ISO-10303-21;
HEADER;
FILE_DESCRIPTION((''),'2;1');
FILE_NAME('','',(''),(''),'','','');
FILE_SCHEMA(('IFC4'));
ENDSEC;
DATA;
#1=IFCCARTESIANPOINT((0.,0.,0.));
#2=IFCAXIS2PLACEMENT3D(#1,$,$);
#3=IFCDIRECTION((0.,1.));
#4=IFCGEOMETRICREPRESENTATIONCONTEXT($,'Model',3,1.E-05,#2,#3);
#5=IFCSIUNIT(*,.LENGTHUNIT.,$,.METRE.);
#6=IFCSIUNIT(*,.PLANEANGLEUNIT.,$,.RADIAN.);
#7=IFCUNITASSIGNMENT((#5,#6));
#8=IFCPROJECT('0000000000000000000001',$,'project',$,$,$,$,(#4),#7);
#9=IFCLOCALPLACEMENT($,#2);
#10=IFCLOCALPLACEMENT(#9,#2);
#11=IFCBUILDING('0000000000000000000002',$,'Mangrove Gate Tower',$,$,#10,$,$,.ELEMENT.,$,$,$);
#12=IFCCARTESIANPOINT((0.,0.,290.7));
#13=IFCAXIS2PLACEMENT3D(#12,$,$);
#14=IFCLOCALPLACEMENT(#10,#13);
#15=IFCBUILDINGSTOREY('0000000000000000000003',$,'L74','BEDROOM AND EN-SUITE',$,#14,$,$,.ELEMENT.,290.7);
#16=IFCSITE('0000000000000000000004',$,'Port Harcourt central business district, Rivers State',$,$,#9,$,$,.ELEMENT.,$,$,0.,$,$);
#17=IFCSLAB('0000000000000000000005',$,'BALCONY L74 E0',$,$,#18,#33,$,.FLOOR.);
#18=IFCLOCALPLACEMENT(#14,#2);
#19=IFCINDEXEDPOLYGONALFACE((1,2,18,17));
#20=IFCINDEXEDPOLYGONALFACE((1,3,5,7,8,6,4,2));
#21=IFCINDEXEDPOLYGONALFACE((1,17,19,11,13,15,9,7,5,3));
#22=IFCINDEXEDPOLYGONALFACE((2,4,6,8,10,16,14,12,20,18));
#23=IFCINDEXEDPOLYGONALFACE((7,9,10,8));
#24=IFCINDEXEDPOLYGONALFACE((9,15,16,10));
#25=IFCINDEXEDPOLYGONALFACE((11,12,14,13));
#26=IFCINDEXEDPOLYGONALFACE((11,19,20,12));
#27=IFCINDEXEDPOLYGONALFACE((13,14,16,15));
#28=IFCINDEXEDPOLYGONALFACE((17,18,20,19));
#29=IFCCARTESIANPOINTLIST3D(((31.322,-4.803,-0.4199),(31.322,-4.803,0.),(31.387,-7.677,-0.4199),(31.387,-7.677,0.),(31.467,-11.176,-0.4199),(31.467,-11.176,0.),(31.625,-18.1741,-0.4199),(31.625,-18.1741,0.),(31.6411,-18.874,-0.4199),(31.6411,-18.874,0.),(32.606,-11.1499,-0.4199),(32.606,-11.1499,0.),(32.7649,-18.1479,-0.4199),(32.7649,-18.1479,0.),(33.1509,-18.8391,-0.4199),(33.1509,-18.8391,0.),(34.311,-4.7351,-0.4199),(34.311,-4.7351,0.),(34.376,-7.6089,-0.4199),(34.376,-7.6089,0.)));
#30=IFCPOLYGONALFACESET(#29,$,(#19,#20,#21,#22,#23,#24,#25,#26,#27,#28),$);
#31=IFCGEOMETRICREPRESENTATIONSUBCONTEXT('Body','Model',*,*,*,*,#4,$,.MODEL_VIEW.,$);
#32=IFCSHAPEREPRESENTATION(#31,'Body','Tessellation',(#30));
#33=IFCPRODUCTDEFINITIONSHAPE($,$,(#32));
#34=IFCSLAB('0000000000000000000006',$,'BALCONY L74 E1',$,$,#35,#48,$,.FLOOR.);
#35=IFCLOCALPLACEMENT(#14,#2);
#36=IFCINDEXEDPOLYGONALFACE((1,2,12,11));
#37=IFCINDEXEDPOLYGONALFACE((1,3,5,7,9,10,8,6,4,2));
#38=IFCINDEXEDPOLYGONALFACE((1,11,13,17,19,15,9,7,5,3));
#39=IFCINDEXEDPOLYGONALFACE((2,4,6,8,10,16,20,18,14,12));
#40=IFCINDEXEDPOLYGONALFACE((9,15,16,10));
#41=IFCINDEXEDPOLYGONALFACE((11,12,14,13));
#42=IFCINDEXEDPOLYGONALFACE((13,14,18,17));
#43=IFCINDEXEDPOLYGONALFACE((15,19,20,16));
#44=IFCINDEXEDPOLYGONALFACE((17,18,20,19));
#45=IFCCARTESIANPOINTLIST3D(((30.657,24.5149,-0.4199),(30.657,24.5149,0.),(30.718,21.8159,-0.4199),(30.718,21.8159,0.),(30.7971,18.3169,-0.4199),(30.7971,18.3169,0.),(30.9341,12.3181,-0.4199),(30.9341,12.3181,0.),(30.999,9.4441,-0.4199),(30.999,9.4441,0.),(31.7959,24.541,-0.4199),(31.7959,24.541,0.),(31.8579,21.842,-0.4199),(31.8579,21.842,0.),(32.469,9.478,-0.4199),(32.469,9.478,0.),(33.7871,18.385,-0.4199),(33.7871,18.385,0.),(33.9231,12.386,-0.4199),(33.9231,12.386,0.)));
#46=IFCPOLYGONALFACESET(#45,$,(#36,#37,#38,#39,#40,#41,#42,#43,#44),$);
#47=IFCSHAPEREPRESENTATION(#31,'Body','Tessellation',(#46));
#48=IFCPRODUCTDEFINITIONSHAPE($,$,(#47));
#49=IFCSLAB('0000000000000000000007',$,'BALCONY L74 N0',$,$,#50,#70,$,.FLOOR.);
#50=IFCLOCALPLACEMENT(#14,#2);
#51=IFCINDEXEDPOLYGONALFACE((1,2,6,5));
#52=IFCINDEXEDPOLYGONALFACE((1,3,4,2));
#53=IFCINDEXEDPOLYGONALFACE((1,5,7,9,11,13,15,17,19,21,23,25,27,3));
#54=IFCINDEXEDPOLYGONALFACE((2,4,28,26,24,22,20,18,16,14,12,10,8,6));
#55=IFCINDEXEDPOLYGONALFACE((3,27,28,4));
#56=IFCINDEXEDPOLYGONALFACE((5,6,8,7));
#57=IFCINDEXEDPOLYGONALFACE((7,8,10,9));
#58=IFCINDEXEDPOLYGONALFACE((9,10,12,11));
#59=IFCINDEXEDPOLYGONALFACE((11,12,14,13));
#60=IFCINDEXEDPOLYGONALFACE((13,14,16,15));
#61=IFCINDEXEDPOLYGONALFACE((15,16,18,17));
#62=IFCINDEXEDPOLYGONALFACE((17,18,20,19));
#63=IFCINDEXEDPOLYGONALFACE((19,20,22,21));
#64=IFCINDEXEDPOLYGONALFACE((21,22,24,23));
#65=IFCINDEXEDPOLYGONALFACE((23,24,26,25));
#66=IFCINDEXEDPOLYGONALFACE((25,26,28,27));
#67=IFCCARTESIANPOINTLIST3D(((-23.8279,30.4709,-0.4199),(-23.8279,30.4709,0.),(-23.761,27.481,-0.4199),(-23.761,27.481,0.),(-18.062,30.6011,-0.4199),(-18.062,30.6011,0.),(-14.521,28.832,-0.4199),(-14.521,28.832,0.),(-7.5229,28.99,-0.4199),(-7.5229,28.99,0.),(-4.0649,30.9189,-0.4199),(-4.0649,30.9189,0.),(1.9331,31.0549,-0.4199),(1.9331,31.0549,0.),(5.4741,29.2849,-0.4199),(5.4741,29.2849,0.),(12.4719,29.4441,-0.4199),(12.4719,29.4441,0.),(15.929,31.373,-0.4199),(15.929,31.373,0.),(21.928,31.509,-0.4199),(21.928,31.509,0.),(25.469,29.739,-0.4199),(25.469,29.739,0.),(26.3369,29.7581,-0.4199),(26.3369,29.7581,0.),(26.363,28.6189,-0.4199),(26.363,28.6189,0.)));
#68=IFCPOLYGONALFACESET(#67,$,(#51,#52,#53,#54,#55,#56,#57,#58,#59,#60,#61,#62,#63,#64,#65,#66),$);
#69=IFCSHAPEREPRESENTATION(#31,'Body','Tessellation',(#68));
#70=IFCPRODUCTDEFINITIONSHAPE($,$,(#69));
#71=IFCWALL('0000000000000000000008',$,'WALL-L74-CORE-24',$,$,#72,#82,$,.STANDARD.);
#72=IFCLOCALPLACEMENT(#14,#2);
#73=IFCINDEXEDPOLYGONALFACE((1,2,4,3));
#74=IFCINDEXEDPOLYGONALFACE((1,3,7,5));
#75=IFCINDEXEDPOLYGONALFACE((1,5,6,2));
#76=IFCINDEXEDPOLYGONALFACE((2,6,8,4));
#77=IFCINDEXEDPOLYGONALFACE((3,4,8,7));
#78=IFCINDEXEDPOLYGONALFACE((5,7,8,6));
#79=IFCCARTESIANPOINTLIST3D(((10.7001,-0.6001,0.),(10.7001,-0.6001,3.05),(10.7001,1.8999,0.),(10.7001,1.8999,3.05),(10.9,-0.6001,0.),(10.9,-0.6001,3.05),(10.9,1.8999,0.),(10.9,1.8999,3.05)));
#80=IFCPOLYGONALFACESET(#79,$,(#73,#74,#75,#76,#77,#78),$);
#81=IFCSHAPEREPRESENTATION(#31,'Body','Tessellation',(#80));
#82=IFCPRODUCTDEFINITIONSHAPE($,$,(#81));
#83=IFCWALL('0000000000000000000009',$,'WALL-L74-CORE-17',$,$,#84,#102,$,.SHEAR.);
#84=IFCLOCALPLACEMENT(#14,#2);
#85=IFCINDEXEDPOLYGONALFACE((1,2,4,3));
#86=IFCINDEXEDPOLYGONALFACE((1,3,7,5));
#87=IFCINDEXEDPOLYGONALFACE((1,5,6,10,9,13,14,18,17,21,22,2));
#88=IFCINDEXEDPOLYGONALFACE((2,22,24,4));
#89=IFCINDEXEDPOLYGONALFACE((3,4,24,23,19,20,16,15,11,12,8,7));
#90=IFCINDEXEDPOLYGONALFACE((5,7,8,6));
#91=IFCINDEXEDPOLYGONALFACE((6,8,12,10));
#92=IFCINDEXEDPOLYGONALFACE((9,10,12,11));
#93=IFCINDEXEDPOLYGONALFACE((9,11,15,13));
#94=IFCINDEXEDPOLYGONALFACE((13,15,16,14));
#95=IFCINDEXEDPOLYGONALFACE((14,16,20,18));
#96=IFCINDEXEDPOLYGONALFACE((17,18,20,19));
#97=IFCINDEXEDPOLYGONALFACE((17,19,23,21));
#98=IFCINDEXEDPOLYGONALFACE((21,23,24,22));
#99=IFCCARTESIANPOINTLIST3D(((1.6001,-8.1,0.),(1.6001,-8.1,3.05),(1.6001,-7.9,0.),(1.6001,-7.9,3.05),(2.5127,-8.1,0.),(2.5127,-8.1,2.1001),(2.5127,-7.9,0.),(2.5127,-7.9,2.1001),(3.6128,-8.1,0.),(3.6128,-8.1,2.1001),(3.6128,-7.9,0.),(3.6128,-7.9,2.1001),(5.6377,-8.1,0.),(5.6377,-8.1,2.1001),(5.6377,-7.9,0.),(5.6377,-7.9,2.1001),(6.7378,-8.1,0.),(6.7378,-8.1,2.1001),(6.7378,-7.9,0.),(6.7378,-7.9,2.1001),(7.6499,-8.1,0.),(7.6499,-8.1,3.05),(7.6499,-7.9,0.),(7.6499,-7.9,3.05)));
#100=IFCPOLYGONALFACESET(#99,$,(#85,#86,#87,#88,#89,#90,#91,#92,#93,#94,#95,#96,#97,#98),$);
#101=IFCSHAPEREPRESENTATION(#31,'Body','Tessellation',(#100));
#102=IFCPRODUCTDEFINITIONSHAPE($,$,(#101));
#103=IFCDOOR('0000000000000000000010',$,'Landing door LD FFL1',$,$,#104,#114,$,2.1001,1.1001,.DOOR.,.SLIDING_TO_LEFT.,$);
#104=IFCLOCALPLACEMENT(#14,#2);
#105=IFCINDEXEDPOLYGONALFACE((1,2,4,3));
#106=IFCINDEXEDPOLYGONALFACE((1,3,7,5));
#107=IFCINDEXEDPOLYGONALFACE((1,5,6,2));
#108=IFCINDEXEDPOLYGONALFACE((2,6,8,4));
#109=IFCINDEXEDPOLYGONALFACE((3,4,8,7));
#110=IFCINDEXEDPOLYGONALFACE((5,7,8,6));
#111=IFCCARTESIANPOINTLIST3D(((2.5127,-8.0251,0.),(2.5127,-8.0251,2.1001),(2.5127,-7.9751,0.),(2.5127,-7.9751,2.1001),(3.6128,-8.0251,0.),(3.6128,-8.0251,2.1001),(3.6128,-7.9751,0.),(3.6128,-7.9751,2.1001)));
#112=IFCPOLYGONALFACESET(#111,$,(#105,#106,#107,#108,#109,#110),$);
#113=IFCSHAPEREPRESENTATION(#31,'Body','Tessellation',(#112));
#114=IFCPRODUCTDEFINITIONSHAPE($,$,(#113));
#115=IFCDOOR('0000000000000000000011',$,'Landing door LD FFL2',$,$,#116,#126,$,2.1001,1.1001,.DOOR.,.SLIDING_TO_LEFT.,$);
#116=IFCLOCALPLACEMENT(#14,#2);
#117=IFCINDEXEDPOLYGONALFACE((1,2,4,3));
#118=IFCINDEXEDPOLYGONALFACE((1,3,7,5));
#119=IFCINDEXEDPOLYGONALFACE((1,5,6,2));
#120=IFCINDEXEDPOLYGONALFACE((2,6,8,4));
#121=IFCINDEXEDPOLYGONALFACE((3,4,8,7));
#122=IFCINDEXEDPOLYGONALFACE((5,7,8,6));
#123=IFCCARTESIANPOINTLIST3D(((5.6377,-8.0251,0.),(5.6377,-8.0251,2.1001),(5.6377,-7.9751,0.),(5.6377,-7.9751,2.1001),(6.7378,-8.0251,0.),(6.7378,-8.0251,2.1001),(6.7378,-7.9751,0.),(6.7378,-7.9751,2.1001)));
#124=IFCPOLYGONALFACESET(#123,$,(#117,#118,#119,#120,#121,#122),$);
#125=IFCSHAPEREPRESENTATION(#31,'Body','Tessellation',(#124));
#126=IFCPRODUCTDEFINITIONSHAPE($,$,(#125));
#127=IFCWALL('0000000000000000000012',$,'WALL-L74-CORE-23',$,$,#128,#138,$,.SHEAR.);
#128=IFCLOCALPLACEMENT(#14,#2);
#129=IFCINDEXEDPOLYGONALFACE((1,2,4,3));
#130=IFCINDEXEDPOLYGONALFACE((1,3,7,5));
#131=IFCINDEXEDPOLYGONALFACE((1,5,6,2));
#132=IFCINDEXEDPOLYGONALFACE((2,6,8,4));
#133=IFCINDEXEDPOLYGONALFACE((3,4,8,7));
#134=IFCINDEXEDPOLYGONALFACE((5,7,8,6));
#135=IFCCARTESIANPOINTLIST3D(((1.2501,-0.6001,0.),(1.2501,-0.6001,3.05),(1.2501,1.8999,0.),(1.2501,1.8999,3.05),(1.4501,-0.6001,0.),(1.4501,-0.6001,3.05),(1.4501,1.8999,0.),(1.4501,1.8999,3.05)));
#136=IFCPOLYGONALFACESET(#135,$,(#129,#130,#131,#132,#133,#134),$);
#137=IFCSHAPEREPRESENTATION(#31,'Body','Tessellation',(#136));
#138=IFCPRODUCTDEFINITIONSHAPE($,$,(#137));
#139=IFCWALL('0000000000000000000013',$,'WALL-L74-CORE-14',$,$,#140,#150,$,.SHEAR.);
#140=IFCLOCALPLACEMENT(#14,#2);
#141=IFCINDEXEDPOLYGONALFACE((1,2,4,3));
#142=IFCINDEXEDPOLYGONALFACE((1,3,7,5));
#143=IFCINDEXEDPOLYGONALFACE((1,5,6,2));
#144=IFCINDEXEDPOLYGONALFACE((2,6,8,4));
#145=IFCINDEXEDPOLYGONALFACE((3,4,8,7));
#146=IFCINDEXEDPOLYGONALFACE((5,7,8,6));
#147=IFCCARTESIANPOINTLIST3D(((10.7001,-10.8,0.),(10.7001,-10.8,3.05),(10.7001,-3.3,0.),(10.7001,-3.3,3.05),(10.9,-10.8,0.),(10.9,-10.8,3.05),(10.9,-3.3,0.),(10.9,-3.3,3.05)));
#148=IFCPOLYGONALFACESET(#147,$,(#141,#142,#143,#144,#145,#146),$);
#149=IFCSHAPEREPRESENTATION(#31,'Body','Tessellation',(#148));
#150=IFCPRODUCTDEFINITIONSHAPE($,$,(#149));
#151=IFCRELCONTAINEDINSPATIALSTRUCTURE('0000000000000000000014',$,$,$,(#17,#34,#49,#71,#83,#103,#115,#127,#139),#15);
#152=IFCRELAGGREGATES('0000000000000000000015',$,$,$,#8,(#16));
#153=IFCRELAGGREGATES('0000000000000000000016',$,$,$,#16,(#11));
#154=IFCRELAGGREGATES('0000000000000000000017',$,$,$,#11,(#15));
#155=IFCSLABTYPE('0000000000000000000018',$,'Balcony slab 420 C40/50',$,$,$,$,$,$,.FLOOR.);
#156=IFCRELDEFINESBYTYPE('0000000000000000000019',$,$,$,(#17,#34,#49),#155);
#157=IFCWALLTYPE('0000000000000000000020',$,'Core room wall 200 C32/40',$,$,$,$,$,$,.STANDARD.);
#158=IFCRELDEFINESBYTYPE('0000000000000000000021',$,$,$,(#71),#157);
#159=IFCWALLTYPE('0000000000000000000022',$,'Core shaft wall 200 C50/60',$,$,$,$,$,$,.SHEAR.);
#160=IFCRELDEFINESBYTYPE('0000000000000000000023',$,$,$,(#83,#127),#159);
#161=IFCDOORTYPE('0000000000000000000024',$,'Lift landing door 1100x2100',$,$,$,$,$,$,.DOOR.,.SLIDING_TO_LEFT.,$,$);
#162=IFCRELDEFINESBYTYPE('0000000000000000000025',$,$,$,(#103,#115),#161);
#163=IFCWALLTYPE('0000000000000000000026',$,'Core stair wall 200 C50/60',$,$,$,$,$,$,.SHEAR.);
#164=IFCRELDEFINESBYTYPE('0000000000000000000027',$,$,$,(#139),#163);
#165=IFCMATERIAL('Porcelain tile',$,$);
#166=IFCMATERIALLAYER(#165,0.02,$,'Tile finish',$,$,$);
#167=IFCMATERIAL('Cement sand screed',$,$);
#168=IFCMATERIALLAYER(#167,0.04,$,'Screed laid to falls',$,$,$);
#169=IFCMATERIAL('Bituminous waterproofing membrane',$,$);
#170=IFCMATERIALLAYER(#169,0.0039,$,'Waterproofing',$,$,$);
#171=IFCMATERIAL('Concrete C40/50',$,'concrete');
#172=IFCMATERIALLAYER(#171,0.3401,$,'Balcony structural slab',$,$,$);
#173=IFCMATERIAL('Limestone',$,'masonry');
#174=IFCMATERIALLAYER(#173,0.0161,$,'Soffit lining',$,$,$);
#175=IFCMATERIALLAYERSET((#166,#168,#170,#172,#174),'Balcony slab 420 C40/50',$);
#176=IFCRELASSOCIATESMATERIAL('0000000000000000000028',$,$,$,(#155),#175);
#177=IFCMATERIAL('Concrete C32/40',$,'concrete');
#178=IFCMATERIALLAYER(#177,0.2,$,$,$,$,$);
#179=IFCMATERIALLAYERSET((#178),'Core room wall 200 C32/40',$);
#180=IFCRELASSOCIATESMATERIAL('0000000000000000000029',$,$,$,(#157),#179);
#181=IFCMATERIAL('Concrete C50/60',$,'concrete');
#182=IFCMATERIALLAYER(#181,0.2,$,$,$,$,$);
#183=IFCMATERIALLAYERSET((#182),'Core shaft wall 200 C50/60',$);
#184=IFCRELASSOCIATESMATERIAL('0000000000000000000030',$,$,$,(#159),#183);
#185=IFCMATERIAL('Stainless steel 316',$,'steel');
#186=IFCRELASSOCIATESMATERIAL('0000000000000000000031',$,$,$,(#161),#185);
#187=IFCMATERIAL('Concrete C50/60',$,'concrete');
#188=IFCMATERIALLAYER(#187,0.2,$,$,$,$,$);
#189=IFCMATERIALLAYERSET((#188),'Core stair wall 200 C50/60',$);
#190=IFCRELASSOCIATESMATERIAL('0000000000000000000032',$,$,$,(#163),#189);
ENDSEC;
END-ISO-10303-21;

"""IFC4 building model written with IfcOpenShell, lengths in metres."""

from ifc_helpers import new_model, si_unit, direction, frame, frame_2d, origin, place, context, subcontext, project, spatial, polyline, rectangle, outline, extrude, material, layer, layer_set, type_object, element, fill, save


model = new_model("IFC4")

# Units and contexts
model_context = context("Model", 3, precision=1e-05, world=origin(), true_north=direction((0.0, 1.0)))
body_context = subcontext(model_context, "Body", "Model", "MODEL_VIEW")
ifc_project = project(units=[si_unit("LENGTHUNIT", "METRE"), si_unit("PLANEANGLEUNIT", "RADIAN")], contexts=[model_context])

# Site, building, storey
site_placement = place(None, origin())
site = spatial("IfcSite", under=ifc_project, at=site_placement, Name="Port Harcourt central business district, Rivers State", CompositionType="ELEMENT", RefElevation=0.0)
building_placement = place(site_placement, origin())
building = spatial("IfcBuilding", under=site, at=building_placement, Name="Mangrove Gate Tower", CompositionType="ELEMENT")
storey_placement = place(building_placement, frame((0.0, 0.0, 290.7)))
storey = spatial("IfcBuildingStorey", under=building, at=storey_placement, Name="L74", Description="BEDROOM AND EN-SUITE", CompositionType="ELEMENT", Elevation=290.7)

# Slabs
ifc_material_1 = material(Name="Porcelain tile")
ifc_layer_1 = layer(ifc_material_1, 0.02, Name="Tile finish")
ifc_material_2 = material(Name="Cement sand screed")
ifc_layer_2 = layer(ifc_material_2, 0.04, Name="Screed laid to falls")
ifc_material_3 = material(Name="Bituminous waterproofing membrane")
ifc_layer_3 = layer(ifc_material_3, 0.0039, Name="Waterproofing")
ifc_material_4 = material(Name="Concrete C40/50", Category="concrete")
ifc_layer_4 = layer(ifc_material_4, 0.3401, Name="Balcony structural slab")
ifc_material_5 = material(Name="Limestone", Category="masonry")
ifc_layer_5 = layer(ifc_material_5, 0.0161, Name="Soffit lining")
ifc_layer_set_1 = layer_set([ifc_layer_1, ifc_layer_2, ifc_layer_3, ifc_layer_4, ifc_layer_5], Name="Balcony slab 420 C40/50")
slab_type = type_object("IfcSlabType", Name="Balcony slab 420 C40/50", PredefinedType="FLOOR", material=ifc_layer_set_1)
slab_1_placement = place(storey_placement, frame((0.0, 0.0, -0.4199)))
element("IfcSlab", 1, at=slab_1_placement, inside=storey, type_object=slab_type, Name="BALCONY L74 E0", PredefinedType="FLOOR", context=body_context, shape_type="SweptSolid", body=[
    extrude(outline(polyline([(33.1509, -18.8391), (32.7649, -18.1479), (32.606, -11.1499), (34.376, -7.6089), (34.311, -4.7351), (31.322, -4.803), (31.387, -7.677), (31.467, -11.176), (31.625, -18.1741), (31.6411, -18.874), (33.1509, -18.8391)])), origin(), (0.0, 0.0, 1.0), 0.4199),
])
slab_2_placement = place(storey_placement, frame((0.0, 0.0, -0.4199)))
element("IfcSlab", 2, at=slab_2_placement, inside=storey, type_object=slab_type, Name="BALCONY L74 E1", PredefinedType="FLOOR", context=body_context, shape_type="SweptSolid", body=[
    extrude(outline(polyline([(32.469, 9.478), (33.9231, 12.386), (33.7871, 18.385), (31.8579, 21.842), (31.7959, 24.541), (30.657, 24.5149), (30.718, 21.8159), (30.7971, 18.3169), (30.9341, 12.3181), (30.999, 9.4441), (32.469, 9.478)])), origin(), (0.0, 0.0, 1.0), 0.4199),
])
slab_3_placement = place(storey_placement, frame((0.0, 0.0, -0.4199)))
element("IfcSlab", 3, at=slab_3_placement, inside=storey, type_object=slab_type, Name="BALCONY L74 N0", PredefinedType="FLOOR", context=body_context, shape_type="SweptSolid", body=[
    extrude(outline(polyline([(26.3369, 29.7581), (25.469, 29.739), (21.928, 31.509), (15.929, 31.373), (12.4719, 29.4441), (5.4741, 29.2849), (1.9331, 31.0549), (-4.0649, 30.9189), (-7.5229, 28.99), (-14.521, 28.832), (-18.062, 30.6011), (-23.8279, 30.4709), (-23.761, 27.481), (26.363, 28.6189), (26.3369, 29.7581)])), origin(), (0.0, 0.0, 1.0), 0.4199),
])

# Wall
ifc_material_6 = material(Name="Concrete C32/40", Category="concrete")
ifc_layer_6 = layer(ifc_material_6, 0.2)
ifc_layer_set_2 = layer_set([ifc_layer_6], Name="Core room wall 200 C32/40")
wall_type_1 = type_object("IfcWallType", Name="Core room wall 200 C32/40", PredefinedType="STANDARD", material=ifc_layer_set_2)
wall_1_placement = place(storey_placement, frame((10.8, -0.6001, 0.0), z_axis=(0.0, 0.0, 1.0), x_axis=(0.0, 1.0, 0.0)))
element("IfcWall", 4, at=wall_1_placement, inside=storey, type_object=wall_type_1, Name="WALL-L74-CORE-24", PredefinedType="STANDARD", context=body_context, shape_type="SweptSolid", body=[
    extrude(rectangle(XDim=2.5, YDim=0.2, at=frame_2d((1.25, 0.0))), origin(), (0.0, 0.0, 1.0), 3.05),
])

# Wall, openings, doors
ifc_material_7 = material(Name="Concrete C50/60", Category="concrete")
ifc_layer_7 = layer(ifc_material_7, 0.2)
ifc_layer_set_3 = layer_set([ifc_layer_7], Name="Core shaft wall 200 C50/60")
wall_type_2 = type_object("IfcWallType", Name="Core shaft wall 200 C50/60", PredefinedType="SHEAR", material=ifc_layer_set_3)
wall_2_placement = place(storey_placement, frame((1.6001, -8.0, 0.0), z_axis=(0.0, 0.0, 1.0), x_axis=(1.0, 0.0, 0.0)))
wall_2 = element("IfcWall", 5, at=wall_2_placement, inside=storey, type_object=wall_type_2, Name="WALL-L74-CORE-17", PredefinedType="SHEAR", context=body_context, shape_type="SweptSolid", body=[
    extrude(rectangle(XDim=6.0498, YDim=0.2, at=frame_2d((3.0249, 0.0))), origin(), (0.0, 0.0, 1.0), 3.05),
])
opening_1_placement = place(wall_2_placement, frame((0.9126, 0.0, 0.0)))
opening_1 = element("IfcOpeningElement", 6, at=opening_1_placement, cuts=wall_2, PredefinedType="OPENING", context=body_context, shape_type="SweptSolid", body=[
    extrude(rectangle(XDim=1.1001, YDim=2.1001, at=frame_2d((0.55, 1.05))), frame((0.0, 0.1099, 0.0), z_axis=(0.0, -1.0, 0.0), x_axis=(1.0, 0.0, 0.0)), (0.0, 0.0, 1.0), 0.22),
])
opening_2_placement = place(wall_2_placement, frame((4.0376, 0.0, 0.0)))
opening_2 = element("IfcOpeningElement", 7, at=opening_2_placement, cuts=wall_2, PredefinedType="OPENING", context=body_context, shape_type="SweptSolid", body=[
    extrude(rectangle(XDim=1.1001, YDim=2.1001, at=frame_2d((0.55, 1.05))), frame((0.0, 0.1099, 0.0), z_axis=(0.0, -1.0, 0.0), x_axis=(1.0, 0.0, 0.0)), (0.0, 0.0, 1.0), 0.22),
])
ifc_material_8 = material(Name="Stainless steel 316", Category="steel")
door_type = type_object("IfcDoorType", Name="Lift landing door 1100x2100", OperationType="SLIDING_TO_LEFT", PredefinedType="DOOR", material=ifc_material_8)
door_1_placement = place(opening_1_placement, origin())
door_1 = element("IfcDoor", 8, at=door_1_placement, inside=storey, type_object=door_type, Name="Landing door LD FFL1", OperationType="SLIDING_TO_LEFT", OverallHeight=2.1001, OverallWidth=1.1001, PredefinedType="DOOR", context=body_context, shape_type="SweptSolid", body=[
    extrude(rectangle(XDim=1.1001, YDim=2.1001, at=frame_2d((0.55, 1.05))), frame((0.0, 0.0249, 0.0), z_axis=(0.0, -1.0, 0.0), x_axis=(1.0, 0.0, 0.0)), (0.0, 0.0, 1.0), 0.05),
])
fill(opening_1, door_1)
door_2_placement = place(opening_2_placement, origin())
door_2 = element("IfcDoor", 9, at=door_2_placement, inside=storey, type_object=door_type, Name="Landing door LD FFL2", OperationType="SLIDING_TO_LEFT", OverallHeight=2.1001, OverallWidth=1.1001, PredefinedType="DOOR", context=body_context, shape_type="SweptSolid", body=[
    extrude(rectangle(XDim=1.1001, YDim=2.1001, at=frame_2d((0.55, 1.05))), frame((0.0, 0.0249, 0.0), z_axis=(0.0, -1.0, 0.0), x_axis=(1.0, 0.0, 0.0)), (0.0, 0.0, 1.0), 0.05),
])
fill(opening_2, door_2)

# Walls
wall_3_placement = place(storey_placement, frame((1.3501, -0.6001, 0.0), z_axis=(0.0, 0.0, 1.0), x_axis=(0.0, 1.0, 0.0)))
element("IfcWall", 10, at=wall_3_placement, inside=storey, type_object=wall_type_2, Name="WALL-L74-CORE-23", PredefinedType="SHEAR", context=body_context, shape_type="SweptSolid", body=[
    extrude(rectangle(XDim=2.5, YDim=0.2, at=frame_2d((1.25, 0.0))), origin(), (0.0, 0.0, 1.0), 3.05),
])
ifc_material_9 = material(Name="Concrete C50/60", Category="concrete")
ifc_layer_8 = layer(ifc_material_9, 0.2)
ifc_layer_set_4 = layer_set([ifc_layer_8], Name="Core stair wall 200 C50/60")
wall_type_3 = type_object("IfcWallType", Name="Core stair wall 200 C50/60", PredefinedType="SHEAR", material=ifc_layer_set_4)
wall_4_placement = place(storey_placement, frame((10.8, -10.8, 0.0), z_axis=(0.0, 0.0, 1.0), x_axis=(0.0, 1.0, 0.0)))
element("IfcWall", 11, at=wall_4_placement, inside=storey, type_object=wall_type_3, Name="WALL-L74-CORE-14", PredefinedType="SHEAR", context=body_context, shape_type="SweptSolid", body=[
    extrude(rectangle(XDim=7.5, YDim=0.2, at=frame_2d((3.75, 0.0))), origin(), (0.0, 0.0, 1.0), 3.05),
])

save(model, "model.ifc")
